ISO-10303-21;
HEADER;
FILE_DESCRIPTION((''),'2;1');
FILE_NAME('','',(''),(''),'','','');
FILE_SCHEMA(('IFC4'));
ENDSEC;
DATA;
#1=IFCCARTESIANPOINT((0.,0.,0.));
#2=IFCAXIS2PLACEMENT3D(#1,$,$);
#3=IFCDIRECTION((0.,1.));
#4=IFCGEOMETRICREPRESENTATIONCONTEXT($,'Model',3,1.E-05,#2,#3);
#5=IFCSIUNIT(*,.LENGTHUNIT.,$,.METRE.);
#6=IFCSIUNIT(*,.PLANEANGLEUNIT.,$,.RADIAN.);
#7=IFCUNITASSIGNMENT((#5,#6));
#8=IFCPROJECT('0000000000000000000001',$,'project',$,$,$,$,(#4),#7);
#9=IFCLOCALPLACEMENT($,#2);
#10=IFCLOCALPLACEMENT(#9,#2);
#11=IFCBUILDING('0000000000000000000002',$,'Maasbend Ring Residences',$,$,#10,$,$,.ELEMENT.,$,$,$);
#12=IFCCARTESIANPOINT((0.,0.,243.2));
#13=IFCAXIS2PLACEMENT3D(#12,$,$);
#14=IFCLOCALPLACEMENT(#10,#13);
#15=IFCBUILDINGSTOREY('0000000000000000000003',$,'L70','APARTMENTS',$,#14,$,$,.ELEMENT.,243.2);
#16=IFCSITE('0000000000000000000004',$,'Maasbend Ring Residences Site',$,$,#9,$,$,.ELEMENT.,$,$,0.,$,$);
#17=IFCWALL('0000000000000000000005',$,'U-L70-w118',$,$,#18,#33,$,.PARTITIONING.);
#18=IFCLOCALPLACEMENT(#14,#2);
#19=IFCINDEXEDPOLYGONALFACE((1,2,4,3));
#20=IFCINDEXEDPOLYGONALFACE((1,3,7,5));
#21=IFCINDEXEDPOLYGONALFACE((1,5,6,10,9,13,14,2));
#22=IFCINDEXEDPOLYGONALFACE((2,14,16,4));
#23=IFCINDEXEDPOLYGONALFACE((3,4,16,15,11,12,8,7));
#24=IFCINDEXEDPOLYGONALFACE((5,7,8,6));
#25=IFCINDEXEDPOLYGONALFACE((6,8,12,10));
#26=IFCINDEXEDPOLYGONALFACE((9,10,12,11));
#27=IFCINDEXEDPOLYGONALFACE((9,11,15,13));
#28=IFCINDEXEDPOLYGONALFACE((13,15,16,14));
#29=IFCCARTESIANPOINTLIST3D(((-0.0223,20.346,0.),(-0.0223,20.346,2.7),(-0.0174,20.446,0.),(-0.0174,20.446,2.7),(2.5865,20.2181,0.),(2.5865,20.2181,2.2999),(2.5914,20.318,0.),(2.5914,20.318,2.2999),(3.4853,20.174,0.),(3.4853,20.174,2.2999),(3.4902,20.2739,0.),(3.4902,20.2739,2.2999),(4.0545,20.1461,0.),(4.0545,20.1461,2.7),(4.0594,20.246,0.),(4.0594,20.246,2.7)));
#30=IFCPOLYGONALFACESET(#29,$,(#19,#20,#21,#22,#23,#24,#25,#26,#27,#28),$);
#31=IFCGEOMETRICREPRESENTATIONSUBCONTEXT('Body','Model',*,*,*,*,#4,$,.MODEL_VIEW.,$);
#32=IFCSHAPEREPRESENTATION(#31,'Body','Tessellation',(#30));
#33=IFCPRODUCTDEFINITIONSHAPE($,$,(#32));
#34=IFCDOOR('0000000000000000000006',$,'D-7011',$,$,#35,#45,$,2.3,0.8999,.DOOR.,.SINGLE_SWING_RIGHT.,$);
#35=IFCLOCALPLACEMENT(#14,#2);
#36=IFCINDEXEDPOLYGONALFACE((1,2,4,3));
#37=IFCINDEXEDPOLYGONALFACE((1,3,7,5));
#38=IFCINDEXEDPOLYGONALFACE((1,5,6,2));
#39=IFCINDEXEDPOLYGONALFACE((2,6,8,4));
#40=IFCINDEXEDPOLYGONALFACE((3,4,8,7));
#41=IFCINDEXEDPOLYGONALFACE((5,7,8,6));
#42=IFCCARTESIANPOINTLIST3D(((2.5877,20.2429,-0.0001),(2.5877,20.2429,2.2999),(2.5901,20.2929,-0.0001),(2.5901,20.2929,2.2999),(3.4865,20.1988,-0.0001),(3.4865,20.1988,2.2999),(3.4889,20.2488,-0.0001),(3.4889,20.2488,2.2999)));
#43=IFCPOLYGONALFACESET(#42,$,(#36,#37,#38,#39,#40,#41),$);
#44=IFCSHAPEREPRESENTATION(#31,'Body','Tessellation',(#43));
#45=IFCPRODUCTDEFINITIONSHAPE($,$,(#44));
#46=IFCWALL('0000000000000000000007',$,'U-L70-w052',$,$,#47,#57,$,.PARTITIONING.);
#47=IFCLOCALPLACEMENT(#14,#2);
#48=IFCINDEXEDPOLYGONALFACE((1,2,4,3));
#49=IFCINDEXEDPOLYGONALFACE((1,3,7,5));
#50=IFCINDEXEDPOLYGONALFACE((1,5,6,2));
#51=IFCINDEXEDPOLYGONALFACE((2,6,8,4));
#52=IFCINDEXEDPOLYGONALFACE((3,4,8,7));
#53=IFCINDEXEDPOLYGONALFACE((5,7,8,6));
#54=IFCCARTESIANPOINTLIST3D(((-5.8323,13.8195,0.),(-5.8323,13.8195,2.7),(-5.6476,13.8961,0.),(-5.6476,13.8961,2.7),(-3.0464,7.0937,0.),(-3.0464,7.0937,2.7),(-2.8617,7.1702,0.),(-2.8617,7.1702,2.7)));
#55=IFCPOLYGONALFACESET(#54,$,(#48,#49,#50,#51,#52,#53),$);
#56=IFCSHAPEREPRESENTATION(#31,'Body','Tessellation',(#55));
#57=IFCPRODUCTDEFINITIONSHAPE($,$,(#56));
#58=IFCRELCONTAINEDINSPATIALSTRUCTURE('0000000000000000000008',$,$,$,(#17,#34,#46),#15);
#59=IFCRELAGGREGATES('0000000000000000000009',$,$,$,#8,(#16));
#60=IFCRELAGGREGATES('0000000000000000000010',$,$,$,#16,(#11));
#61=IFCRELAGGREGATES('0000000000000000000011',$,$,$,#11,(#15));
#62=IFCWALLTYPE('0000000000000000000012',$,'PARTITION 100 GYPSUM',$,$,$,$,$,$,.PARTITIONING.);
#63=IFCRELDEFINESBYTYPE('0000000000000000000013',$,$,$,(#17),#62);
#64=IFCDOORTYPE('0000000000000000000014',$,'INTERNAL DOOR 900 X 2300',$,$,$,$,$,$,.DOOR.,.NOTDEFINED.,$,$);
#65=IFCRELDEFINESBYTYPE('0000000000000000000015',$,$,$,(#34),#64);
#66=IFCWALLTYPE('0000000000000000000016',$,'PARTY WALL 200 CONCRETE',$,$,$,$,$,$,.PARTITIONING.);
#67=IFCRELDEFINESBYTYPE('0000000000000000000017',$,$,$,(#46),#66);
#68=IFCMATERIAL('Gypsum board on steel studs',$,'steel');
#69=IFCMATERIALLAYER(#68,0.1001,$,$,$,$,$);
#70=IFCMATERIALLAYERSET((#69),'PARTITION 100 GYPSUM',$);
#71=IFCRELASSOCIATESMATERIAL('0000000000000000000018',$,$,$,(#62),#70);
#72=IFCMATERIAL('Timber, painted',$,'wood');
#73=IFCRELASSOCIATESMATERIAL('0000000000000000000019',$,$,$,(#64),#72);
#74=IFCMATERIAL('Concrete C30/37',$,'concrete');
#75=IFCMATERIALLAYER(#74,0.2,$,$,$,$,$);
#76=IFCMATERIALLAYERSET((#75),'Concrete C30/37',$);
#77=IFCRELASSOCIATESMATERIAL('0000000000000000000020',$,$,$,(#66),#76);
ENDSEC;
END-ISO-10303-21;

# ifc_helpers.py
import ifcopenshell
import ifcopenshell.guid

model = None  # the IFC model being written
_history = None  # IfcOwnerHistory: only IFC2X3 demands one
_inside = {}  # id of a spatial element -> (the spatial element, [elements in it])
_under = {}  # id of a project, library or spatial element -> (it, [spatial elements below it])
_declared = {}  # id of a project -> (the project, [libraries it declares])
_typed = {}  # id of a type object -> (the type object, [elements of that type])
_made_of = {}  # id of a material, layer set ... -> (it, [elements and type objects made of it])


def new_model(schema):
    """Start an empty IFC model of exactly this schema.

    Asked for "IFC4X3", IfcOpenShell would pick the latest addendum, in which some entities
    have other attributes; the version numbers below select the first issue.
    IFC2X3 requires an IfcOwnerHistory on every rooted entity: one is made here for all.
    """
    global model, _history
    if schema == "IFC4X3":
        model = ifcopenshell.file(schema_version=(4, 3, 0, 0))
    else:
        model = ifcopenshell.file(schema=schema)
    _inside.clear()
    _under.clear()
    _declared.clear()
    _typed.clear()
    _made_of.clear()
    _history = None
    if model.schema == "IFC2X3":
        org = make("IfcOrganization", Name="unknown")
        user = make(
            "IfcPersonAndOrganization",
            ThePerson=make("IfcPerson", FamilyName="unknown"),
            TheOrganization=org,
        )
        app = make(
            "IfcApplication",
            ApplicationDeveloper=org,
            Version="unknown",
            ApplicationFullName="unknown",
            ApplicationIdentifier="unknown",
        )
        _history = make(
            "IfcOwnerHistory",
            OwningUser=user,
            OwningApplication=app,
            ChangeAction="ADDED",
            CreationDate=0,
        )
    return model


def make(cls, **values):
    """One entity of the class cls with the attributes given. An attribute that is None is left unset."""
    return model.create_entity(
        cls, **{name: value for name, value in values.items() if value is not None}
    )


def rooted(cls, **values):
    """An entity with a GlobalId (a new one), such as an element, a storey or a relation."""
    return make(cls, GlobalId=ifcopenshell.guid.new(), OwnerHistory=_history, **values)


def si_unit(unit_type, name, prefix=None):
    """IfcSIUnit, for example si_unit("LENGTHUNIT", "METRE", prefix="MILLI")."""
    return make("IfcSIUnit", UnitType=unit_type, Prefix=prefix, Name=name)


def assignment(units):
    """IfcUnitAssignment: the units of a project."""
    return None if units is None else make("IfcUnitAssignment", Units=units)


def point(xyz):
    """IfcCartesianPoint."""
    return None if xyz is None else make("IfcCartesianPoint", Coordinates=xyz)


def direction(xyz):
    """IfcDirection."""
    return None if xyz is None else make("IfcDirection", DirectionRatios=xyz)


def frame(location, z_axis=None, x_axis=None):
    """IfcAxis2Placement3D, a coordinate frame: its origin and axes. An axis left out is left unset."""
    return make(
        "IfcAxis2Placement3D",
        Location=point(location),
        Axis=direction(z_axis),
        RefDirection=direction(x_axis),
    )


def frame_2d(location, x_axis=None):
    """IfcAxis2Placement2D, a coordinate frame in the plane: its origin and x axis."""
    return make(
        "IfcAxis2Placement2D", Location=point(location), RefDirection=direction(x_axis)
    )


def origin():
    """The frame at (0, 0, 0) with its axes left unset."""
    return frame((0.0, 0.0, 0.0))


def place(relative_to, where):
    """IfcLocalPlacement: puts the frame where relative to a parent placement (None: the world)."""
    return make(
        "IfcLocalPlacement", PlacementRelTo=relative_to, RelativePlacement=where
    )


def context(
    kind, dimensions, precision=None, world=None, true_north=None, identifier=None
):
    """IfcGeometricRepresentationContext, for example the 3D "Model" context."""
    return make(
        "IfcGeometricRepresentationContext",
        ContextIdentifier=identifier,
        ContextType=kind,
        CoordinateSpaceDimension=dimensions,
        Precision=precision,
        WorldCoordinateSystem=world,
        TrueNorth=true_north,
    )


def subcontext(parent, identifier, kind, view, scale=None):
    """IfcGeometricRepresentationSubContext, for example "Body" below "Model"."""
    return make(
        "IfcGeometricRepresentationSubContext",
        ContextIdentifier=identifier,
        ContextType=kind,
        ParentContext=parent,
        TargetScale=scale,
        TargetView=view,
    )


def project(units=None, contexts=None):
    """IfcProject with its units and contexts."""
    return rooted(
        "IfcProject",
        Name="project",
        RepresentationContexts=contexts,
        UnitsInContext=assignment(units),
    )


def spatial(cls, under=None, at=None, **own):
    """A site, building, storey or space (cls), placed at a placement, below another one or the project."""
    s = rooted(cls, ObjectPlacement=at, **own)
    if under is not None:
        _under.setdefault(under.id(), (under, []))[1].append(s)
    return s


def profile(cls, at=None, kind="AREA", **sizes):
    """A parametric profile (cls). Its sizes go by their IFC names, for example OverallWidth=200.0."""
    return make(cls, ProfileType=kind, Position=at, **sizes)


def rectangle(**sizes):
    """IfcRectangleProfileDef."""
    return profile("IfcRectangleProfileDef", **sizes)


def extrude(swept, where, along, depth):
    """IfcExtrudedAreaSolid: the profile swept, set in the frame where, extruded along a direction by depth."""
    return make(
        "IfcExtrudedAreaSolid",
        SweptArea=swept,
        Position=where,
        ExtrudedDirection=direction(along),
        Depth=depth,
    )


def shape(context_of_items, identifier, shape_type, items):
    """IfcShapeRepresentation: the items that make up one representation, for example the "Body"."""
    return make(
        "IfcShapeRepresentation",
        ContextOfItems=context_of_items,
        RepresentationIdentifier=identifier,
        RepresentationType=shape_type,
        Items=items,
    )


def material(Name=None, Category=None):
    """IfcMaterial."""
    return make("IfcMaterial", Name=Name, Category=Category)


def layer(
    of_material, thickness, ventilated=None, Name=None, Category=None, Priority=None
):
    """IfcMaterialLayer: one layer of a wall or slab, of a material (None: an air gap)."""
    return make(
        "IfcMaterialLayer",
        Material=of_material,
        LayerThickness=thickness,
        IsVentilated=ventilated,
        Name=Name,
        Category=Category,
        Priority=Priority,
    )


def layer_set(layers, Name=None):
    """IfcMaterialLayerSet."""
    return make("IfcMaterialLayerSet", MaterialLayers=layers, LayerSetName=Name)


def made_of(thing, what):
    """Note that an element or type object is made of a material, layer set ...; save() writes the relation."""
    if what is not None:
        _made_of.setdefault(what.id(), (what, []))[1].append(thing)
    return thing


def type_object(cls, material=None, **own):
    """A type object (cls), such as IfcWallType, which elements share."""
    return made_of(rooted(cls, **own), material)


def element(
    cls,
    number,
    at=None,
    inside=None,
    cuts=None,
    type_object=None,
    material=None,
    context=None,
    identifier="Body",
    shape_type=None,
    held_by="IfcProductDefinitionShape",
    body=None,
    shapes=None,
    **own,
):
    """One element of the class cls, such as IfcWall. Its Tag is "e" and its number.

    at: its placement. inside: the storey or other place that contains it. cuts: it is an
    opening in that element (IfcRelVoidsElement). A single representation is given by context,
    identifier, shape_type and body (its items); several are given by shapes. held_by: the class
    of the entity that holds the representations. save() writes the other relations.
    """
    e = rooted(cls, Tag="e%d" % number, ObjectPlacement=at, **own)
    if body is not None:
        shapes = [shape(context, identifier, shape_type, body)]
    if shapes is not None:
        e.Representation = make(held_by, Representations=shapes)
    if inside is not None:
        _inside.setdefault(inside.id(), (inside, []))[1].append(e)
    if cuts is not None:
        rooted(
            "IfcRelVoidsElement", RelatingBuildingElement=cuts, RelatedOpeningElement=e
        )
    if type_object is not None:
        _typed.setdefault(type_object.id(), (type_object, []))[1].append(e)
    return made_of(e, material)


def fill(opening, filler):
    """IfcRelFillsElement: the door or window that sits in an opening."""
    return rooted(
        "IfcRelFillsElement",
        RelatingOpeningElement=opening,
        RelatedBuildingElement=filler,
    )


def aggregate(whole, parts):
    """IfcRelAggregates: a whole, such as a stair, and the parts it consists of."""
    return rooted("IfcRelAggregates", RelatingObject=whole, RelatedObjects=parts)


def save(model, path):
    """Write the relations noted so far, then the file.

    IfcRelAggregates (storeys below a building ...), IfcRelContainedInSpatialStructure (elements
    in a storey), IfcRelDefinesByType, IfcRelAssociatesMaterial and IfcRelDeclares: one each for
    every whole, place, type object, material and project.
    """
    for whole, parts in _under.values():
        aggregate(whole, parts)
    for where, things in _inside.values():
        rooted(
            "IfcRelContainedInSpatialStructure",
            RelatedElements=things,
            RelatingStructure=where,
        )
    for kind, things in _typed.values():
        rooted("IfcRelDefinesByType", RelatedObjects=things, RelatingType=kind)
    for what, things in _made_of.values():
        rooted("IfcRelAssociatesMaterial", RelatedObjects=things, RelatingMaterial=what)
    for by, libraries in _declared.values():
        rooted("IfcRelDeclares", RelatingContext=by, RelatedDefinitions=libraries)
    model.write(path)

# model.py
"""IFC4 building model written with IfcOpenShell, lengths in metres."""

from ifc_helpers import new_model, si_unit, direction, frame, frame_2d, origin, place, context, subcontext, project, spatial, rectangle, extrude, material, layer, layer_set, type_object, element, fill, save


model = new_model("IFC4")

# Units and contexts
model_context = context("Model", 3, precision=1e-05, world=origin(), true_north=direction((0.0, 1.0)))
body_context = subcontext(model_context, "Body", "Model", "MODEL_VIEW")
ifc_project = project(units=[si_unit("LENGTHUNIT", "METRE"), si_unit("PLANEANGLEUNIT", "RADIAN")], contexts=[model_context])

# Site, building, storey
site_placement = place(None, origin())
site = spatial("IfcSite", under=ifc_project, at=site_placement, Name="Maasbend Ring Residences Site", CompositionType="ELEMENT", RefElevation=0.0)
building_placement = place(site_placement, origin())
building = spatial("IfcBuilding", under=site, at=building_placement, Name="Maasbend Ring Residences", CompositionType="ELEMENT")
storey_placement = place(building_placement, frame((0.0, 0.0, 243.2)))
storey = spatial("IfcBuildingStorey", under=building, at=storey_placement, Name="L70", Description="APARTMENTS", CompositionType="ELEMENT", Elevation=243.2)

# Shared definitions
ifc_material_1 = material(Name="Gypsum board on steel studs", Category="steel")
ifc_layer_1 = layer(ifc_material_1, 0.1001)
ifc_layer_set_1 = layer_set([ifc_layer_1], Name="PARTITION 100 GYPSUM")
wall_type_1 = type_object("IfcWallType", Name="PARTITION 100 GYPSUM", PredefinedType="PARTITIONING", material=ifc_layer_set_1)
ifc_material_2 = material(Name="Timber, painted", Category="wood")
door_type_1 = type_object("IfcDoorType", Name="INTERNAL DOOR 900 X 2300", OperationType="NOTDEFINED", PredefinedType="DOOR", material=ifc_material_2)

# Wall, opening, door
wall_1_placement = place(storey_placement, frame((-0.02, 20.396, 0.0), z_axis=(0.0, 0.0, 1.0), x_axis=(0.998799, -0.048986, 0.0)))
wall_1 = element("IfcWall", 1, at=wall_1_placement, inside=storey, type_object=wall_type_1, Name="U-L70-w118", PredefinedType="PARTITIONING", context=body_context, shape_type="SweptSolid", body=[
    extrude(rectangle(XDim=4.0818, YDim=0.1001, at=frame_2d((2.041, 0.0))), origin(), (0.0, 0.0, 1.0), 2.7),
])
opening_1_placement = place(wall_1_placement, frame((2.6121, 0.0, 0.0)))
opening_1 = element("IfcOpeningElement", 2, at=opening_1_placement, cuts=wall_1, PredefinedType="OPENING", context=body_context, shape_type="SweptSolid", body=[
    extrude(rectangle(XDim=0.8999, YDim=2.3, at=frame_2d((0.45, 1.1499))), frame((0.0, 0.0601, 0.0), z_axis=(0.0, -1.0, 0.0), x_axis=(1.0, 0.0, 0.0)), (0.0, 0.0, 1.0), 0.1201),
])
door_1_placement = place(opening_1_placement, origin())
door_1 = element("IfcDoor", 3, at=door_1_placement, inside=storey, type_object=door_type_1, Name="D-7011", OperationType="SINGLE_SWING_RIGHT", OverallHeight=2.3, OverallWidth=0.8999, PredefinedType="DOOR", context=body_context, shape_type="SweptSolid", body=[
    extrude(rectangle(XDim=0.8999, YDim=2.3, at=frame_2d((0.45, 1.1499))), frame((0.0, 0.0249, 0.0), z_axis=(0.0, -1.0, 0.0), x_axis=(1.0, 0.0, 0.0)), (0.0, 0.0, 1.0), 0.05),
])
fill(opening_1, door_1)

# Wall
ifc_material_3 = material(Name="Concrete C30/37", Category="concrete")
ifc_layer_2 = layer(ifc_material_3, 0.2)
ifc_layer_set_2 = layer_set([ifc_layer_2], Name="Concrete C30/37")
wall_type_2 = type_object("IfcWallType", Name="PARTY WALL 200 CONCRETE", PredefinedType="PARTITIONING", material=ifc_layer_set_2)
wall_2_placement = place(storey_placement, frame((-5.74, 13.8579, 0.0), z_axis=(0.0, 0.0, 1.0), x_axis=(0.382679, -0.923882, 0.0)))
element("IfcWall", 4, at=wall_2_placement, inside=storey, type_object=wall_type_2, Name="U-L70-w052", PredefinedType="PARTITIONING", context=body_context, shape_type="SweptSolid", body=[
    extrude(rectangle(XDim=7.28, YDim=0.2, at=frame_2d((3.6401, 0.0))), origin(), (0.0, 0.0, 1.0), 2.7),
])

save(model, "model.ifc")
